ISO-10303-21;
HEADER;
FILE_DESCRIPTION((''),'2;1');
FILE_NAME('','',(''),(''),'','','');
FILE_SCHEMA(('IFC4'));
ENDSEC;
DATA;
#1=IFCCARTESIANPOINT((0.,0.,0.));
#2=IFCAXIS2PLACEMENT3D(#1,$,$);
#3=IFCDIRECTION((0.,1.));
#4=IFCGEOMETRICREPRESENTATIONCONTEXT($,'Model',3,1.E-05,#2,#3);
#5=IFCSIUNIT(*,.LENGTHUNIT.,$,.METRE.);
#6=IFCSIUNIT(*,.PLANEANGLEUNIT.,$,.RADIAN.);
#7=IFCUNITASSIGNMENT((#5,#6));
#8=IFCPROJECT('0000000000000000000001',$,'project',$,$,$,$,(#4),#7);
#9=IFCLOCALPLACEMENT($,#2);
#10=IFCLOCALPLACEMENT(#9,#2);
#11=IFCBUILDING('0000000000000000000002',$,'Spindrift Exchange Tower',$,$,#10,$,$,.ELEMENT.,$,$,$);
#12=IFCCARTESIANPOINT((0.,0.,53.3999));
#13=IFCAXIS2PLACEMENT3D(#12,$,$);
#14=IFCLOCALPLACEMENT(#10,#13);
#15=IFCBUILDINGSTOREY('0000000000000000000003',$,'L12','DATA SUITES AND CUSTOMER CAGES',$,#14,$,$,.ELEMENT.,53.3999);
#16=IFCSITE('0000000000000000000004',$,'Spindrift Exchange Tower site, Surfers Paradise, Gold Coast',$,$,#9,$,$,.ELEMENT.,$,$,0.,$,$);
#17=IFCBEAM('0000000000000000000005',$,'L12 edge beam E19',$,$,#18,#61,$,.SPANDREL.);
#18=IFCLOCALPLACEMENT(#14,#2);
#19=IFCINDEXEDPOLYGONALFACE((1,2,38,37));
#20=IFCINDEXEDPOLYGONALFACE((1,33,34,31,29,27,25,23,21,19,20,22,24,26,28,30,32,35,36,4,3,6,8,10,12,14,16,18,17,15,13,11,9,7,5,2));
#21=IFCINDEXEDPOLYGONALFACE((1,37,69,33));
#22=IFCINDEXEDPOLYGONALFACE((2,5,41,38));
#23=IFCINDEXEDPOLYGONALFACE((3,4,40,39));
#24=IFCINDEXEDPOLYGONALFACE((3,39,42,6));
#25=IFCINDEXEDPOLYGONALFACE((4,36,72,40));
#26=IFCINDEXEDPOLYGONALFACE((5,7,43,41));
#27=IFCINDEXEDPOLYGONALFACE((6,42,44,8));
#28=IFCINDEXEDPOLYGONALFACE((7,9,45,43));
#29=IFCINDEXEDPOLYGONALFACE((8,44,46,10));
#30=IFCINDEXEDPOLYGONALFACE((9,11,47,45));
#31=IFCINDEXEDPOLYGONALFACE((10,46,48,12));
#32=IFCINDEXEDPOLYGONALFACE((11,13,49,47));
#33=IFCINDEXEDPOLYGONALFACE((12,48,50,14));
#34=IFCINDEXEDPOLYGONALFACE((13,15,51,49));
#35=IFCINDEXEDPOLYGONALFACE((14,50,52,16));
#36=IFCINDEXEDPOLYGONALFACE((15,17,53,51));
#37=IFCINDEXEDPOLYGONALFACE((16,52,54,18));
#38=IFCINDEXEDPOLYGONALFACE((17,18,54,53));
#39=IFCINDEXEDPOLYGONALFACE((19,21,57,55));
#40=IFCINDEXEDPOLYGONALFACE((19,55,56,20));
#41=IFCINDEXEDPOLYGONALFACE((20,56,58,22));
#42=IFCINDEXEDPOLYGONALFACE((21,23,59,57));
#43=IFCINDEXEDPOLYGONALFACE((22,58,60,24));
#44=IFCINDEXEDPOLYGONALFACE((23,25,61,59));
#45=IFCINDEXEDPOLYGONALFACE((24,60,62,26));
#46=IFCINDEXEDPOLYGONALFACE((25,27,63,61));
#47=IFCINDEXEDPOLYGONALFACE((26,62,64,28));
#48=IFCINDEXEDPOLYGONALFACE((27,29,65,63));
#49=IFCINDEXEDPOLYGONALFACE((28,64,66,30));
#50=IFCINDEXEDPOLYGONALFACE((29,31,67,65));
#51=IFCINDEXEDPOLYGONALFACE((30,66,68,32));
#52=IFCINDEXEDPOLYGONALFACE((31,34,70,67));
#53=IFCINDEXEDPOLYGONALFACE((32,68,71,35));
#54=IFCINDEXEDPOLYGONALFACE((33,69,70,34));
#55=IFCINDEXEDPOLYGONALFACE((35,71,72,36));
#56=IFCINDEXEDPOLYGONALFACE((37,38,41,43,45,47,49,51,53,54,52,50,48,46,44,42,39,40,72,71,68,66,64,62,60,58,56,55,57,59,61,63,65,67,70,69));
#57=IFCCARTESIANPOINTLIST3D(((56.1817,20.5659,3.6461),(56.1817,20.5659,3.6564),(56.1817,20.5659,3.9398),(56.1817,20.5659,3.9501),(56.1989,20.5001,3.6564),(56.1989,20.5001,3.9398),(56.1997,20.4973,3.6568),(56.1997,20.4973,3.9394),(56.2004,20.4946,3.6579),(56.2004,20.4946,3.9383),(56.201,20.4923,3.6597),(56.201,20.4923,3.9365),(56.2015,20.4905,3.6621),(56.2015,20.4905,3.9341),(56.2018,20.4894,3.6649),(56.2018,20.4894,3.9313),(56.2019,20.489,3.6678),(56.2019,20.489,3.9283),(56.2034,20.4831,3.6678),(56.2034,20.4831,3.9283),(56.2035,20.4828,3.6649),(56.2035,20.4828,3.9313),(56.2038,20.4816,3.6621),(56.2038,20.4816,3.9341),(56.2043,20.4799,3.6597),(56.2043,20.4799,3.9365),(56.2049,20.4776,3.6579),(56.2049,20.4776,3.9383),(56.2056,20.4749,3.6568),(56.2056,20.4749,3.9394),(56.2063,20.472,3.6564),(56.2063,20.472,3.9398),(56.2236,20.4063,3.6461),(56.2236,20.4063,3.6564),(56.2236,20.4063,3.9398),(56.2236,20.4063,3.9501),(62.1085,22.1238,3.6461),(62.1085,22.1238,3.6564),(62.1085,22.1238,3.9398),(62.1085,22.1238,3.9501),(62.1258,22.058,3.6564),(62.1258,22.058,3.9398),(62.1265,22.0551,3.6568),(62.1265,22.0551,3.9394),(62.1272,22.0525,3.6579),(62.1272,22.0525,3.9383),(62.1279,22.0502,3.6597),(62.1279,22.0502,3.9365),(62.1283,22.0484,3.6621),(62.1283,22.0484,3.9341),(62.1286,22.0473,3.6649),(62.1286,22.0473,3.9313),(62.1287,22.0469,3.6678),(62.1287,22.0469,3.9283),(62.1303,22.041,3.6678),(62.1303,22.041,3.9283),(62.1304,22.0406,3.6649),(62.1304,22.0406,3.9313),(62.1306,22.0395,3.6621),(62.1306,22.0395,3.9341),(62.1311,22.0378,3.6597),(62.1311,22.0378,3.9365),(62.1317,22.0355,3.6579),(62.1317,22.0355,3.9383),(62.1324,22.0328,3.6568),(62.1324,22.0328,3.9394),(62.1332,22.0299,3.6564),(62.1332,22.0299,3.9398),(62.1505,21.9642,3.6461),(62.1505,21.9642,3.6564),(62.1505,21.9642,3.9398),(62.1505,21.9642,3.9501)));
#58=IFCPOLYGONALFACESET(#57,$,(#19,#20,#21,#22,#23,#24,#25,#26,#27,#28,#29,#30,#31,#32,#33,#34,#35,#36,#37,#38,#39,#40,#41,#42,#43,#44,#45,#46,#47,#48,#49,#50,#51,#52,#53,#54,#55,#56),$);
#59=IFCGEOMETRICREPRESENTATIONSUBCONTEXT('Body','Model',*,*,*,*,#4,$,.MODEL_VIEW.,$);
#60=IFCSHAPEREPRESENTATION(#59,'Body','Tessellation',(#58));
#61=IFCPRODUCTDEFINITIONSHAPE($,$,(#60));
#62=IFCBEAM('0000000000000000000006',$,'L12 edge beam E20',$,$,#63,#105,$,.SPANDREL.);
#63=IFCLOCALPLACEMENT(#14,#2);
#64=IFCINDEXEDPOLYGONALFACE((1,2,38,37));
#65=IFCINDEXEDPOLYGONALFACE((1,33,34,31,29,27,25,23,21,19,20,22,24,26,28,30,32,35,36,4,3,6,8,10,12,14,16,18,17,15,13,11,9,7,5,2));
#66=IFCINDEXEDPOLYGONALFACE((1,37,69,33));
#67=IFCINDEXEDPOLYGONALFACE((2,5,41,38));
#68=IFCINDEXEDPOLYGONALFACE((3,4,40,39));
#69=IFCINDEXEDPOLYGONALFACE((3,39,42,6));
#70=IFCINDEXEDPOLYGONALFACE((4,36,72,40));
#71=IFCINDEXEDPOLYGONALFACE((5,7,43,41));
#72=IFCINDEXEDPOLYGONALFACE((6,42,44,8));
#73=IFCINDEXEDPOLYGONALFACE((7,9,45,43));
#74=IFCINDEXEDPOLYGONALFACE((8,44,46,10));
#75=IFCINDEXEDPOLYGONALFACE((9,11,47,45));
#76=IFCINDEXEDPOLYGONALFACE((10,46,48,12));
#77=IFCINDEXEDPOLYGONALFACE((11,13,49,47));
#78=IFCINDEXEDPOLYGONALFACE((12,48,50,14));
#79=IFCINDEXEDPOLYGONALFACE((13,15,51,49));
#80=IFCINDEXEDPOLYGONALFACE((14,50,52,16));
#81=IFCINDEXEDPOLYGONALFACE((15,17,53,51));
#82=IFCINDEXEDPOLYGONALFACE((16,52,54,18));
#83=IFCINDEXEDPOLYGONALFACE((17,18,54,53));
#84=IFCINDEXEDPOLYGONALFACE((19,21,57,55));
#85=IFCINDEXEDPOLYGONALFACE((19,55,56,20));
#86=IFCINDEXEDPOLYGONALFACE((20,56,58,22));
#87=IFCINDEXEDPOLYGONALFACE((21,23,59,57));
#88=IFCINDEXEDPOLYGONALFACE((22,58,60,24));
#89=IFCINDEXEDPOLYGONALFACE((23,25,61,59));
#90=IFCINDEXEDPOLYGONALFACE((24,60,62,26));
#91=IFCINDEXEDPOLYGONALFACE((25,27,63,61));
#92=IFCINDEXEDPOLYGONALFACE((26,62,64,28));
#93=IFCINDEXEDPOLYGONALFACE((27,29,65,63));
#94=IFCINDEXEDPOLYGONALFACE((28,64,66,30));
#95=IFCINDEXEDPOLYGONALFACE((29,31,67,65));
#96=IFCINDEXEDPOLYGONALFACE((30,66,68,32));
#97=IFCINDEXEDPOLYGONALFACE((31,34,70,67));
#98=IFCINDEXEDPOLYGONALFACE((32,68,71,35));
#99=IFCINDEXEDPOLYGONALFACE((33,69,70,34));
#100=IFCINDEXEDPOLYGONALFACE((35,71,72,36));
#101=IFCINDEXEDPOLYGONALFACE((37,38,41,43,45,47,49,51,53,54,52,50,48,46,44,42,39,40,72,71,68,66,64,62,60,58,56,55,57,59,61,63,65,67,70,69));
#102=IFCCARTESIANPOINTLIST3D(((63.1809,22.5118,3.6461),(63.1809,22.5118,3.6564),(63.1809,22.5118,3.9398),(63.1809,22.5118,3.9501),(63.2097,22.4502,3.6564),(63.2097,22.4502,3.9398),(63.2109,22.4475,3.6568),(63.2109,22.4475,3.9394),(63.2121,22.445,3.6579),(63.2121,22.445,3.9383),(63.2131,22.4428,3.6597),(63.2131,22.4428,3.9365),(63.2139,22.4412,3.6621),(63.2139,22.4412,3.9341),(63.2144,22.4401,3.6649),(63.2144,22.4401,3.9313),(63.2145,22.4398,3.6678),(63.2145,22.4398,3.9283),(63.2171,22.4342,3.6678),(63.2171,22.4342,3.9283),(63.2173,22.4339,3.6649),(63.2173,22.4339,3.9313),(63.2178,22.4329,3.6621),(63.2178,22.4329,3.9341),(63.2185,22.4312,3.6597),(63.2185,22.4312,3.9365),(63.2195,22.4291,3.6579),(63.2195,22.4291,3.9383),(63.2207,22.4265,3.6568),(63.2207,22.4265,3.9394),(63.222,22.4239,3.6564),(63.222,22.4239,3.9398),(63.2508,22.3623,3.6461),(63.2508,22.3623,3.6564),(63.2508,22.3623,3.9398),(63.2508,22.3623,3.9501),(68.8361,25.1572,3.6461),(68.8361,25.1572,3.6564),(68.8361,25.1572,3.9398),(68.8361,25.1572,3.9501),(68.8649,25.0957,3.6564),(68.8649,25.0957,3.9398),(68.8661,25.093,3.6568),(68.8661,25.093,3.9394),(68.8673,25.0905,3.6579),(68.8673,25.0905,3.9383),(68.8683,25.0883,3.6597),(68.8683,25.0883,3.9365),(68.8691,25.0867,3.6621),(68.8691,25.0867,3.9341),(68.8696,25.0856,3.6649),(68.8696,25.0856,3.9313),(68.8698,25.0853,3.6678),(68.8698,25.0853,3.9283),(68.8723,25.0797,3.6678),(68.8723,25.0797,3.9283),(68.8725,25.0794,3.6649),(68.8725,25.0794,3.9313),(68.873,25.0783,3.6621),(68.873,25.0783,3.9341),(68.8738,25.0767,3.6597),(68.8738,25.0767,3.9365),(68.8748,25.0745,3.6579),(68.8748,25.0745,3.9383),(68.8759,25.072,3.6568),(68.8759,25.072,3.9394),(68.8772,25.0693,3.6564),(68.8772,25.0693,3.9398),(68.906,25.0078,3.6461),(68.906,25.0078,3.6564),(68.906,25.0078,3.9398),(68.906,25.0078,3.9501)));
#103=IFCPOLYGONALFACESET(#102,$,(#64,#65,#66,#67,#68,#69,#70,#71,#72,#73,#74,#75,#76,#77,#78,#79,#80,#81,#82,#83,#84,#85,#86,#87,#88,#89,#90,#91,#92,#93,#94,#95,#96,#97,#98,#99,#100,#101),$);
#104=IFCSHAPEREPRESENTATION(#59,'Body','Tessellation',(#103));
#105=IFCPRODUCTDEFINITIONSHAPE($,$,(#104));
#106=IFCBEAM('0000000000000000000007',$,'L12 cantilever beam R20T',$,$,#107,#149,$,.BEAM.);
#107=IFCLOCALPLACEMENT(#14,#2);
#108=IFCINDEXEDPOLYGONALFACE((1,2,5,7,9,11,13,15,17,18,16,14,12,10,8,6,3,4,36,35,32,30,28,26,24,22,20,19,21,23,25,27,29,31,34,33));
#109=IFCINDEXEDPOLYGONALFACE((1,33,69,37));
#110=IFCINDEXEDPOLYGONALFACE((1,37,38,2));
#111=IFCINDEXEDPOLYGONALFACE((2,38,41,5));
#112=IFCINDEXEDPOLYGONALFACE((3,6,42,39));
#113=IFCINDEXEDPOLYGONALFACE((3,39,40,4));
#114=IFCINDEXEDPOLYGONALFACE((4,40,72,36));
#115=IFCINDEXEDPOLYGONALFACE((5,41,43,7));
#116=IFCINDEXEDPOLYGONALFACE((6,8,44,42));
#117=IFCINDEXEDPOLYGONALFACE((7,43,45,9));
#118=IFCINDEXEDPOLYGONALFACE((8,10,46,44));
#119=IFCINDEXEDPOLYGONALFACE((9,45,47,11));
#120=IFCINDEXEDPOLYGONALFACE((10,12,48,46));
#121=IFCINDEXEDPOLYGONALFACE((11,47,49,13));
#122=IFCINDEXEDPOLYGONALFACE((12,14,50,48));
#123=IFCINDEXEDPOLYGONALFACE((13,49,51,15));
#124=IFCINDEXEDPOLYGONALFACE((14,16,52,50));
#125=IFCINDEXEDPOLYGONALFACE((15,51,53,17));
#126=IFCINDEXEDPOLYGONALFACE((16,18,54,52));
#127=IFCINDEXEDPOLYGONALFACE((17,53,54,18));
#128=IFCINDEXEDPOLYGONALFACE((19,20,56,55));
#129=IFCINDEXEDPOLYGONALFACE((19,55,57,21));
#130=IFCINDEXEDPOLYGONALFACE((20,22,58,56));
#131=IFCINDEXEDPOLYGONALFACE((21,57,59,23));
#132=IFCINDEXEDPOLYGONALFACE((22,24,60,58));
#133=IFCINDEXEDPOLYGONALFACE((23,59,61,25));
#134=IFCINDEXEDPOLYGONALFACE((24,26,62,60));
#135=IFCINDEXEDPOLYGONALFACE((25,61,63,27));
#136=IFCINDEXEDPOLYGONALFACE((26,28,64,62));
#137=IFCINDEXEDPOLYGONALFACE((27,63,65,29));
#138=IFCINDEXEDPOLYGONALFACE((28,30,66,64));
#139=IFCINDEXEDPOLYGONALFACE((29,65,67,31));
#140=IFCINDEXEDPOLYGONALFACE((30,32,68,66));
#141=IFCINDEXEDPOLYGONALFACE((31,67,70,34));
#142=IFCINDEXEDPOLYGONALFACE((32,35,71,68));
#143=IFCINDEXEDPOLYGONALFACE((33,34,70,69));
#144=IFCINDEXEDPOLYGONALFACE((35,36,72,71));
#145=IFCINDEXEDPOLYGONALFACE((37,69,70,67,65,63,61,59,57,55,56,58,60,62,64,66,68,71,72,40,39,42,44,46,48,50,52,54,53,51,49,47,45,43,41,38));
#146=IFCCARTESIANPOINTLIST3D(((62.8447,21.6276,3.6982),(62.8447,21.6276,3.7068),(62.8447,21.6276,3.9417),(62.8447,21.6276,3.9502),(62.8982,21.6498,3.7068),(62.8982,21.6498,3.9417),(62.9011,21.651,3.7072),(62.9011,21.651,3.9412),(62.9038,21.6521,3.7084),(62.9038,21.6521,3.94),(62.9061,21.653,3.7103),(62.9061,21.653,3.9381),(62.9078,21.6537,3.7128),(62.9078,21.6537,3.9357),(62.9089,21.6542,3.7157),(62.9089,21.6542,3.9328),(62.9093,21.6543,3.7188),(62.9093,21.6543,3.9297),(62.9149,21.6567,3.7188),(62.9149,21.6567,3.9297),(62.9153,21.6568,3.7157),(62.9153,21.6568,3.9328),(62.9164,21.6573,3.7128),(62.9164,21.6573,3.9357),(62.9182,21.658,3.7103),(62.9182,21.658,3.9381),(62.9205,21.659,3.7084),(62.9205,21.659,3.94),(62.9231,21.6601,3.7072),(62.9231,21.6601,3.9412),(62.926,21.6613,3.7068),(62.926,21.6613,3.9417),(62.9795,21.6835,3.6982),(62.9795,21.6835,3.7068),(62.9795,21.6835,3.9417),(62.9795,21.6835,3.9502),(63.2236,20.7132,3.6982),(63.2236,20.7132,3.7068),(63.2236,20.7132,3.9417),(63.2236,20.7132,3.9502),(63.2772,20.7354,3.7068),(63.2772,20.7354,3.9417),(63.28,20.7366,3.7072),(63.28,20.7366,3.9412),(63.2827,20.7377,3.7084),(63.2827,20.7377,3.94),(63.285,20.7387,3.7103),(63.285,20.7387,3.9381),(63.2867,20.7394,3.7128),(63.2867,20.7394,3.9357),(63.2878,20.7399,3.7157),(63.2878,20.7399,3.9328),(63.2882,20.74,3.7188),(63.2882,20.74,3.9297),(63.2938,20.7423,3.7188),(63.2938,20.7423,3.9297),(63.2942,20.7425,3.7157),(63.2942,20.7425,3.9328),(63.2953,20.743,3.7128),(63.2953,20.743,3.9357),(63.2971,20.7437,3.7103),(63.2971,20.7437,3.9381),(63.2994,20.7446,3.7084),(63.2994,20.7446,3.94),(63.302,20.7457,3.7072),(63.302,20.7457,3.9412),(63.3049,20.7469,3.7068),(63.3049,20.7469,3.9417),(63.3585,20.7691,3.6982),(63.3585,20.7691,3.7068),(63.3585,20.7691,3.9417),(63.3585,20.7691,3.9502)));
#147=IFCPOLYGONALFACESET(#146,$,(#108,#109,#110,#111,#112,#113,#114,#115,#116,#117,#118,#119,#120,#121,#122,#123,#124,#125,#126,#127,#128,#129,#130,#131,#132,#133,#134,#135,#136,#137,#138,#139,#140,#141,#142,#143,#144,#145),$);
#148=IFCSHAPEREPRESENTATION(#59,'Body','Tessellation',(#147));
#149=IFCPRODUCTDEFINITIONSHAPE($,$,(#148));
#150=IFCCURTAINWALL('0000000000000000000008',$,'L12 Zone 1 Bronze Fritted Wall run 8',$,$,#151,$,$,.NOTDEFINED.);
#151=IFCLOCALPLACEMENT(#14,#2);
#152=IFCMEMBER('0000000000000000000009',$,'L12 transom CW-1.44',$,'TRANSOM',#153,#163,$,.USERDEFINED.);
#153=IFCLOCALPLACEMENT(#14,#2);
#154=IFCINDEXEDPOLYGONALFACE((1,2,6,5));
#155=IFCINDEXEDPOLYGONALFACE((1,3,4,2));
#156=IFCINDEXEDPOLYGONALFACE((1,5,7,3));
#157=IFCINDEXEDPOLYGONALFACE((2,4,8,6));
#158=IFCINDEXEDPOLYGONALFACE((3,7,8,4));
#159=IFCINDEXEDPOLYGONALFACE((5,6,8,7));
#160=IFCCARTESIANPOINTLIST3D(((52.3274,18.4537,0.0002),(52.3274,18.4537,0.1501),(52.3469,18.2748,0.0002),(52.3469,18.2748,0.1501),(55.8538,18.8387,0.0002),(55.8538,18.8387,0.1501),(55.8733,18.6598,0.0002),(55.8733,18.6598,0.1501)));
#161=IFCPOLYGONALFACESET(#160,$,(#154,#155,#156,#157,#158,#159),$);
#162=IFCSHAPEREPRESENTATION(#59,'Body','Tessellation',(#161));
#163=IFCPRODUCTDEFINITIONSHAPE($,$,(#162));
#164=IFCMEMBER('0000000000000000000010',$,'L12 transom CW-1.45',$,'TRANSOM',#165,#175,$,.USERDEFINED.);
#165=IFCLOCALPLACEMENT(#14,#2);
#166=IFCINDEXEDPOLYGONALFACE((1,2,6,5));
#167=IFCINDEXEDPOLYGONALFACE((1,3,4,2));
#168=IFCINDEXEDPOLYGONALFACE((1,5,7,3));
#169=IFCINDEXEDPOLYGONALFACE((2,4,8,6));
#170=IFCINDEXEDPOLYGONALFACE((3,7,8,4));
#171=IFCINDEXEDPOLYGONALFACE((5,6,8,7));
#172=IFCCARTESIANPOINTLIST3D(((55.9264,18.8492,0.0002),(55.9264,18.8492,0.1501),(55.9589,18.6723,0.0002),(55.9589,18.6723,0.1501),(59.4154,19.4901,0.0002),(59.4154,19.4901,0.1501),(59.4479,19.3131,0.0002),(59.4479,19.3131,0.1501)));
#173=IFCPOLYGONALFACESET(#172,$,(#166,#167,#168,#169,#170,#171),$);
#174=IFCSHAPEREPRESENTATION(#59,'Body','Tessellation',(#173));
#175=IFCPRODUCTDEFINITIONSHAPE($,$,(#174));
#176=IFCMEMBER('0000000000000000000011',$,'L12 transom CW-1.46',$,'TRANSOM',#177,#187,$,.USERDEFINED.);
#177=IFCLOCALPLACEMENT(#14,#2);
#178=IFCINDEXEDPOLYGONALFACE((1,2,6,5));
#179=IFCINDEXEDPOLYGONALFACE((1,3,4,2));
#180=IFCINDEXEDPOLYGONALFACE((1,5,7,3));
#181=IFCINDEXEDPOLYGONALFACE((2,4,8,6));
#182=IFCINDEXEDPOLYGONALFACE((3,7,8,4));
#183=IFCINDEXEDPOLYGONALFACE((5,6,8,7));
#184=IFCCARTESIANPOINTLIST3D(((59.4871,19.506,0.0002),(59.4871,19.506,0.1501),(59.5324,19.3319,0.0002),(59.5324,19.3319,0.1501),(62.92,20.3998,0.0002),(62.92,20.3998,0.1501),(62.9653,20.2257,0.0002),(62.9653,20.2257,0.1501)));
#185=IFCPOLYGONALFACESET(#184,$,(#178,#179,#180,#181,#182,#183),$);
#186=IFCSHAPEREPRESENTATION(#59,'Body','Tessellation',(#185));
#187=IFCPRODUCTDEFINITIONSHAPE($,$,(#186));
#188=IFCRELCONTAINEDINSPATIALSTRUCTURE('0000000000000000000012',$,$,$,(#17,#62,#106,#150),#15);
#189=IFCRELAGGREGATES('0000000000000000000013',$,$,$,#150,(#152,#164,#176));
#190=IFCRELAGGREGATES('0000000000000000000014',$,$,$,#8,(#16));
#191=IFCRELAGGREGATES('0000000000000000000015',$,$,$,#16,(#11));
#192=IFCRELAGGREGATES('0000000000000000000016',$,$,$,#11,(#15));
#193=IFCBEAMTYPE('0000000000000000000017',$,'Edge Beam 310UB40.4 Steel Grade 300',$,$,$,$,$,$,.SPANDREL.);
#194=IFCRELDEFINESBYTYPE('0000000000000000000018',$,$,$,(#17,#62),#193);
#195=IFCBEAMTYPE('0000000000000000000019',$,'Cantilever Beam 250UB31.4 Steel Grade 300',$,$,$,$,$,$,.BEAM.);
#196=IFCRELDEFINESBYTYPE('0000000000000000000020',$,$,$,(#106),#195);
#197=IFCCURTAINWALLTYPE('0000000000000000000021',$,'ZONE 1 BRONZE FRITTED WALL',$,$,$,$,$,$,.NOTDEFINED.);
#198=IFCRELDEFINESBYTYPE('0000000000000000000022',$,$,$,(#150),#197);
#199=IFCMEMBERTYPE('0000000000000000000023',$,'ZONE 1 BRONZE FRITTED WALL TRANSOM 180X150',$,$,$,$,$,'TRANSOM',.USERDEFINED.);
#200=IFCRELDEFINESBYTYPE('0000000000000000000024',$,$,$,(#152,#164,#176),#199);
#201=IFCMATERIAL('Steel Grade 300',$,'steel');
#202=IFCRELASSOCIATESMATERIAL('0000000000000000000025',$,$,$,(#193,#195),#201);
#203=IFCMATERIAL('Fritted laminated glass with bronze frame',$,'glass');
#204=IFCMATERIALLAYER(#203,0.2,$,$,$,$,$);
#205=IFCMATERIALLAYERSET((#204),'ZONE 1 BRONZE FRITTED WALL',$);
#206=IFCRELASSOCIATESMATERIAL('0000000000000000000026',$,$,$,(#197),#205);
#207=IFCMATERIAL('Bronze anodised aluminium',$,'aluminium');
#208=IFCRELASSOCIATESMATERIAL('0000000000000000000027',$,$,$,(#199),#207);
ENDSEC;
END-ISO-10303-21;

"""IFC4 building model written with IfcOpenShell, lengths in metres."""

from ifc_helpers import new_model, si_unit, direction, frame, origin, origin_2d, place, context, subcontext, project, spatial, rectangle, i_section, extrude, source, transform, mapped, material, layer, layer_set, material_profile, profile_set, type_object, element, aggregate, save


model = new_model("IFC4")

# Units and contexts
model_context = context("Model", 3, precision=1e-05, world=origin(), true_north=direction((0.0, 1.0)))
body_context = subcontext(model_context, "Body", "Model", "MODEL_VIEW")
ifc_project = project(units=[si_unit("LENGTHUNIT", "METRE"), si_unit("PLANEANGLEUNIT", "RADIAN")], contexts=[model_context])

# Site, building, storey
site_placement = place(None, origin())
site = spatial("IfcSite", under=ifc_project, at=site_placement, Name="Spindrift Exchange Tower site, Surfers Paradise, Gold Coast", CompositionType="ELEMENT", RefElevation=0.0)
building_placement = place(site_placement, origin())
building = spatial("IfcBuilding", under=site, at=building_placement, Name="Spindrift Exchange Tower", CompositionType="ELEMENT")
storey_placement = place(building_placement, frame((0.0, 0.0, 53.3999)))
storey = spatial("IfcBuildingStorey", under=building, at=storey_placement, Name="L12", Description="DATA SUITES AND CUSTOMER CAGES", CompositionType="ELEMENT", Elevation=53.3999)

# Beams
ifc_material_1 = material(Name="Steel Grade 300", Category="steel")
ifc_material_profile_1 = material_profile(ifc_material_1, i_section(OverallWidth=0.165, OverallDepth=0.304, WebThickness=0.0061, FlangeThickness=0.0103, FilletRadius=0.0115, at=origin_2d()), Name="310UB40.4")
ifc_profile_set_1 = profile_set([ifc_material_profile_1], Name="Steel Grade 300")
beam_type_1 = type_object("IfcBeamType", Name="Edge Beam 310UB40.4 Steel Grade 300", PredefinedType="SPANDREL", material=ifc_profile_set_1)
shared_shape_1 = source(origin(), body_context, "Body", "SweptSolid", [
    extrude(i_section(OverallWidth=0.165, OverallDepth=0.304, WebThickness=0.0061, FlangeThickness=0.0103, FilletRadius=0.0115, at=origin_2d()), origin(), (0.0, 0.0, 1.0), 6.1282),
])
beam_1_placement = place(storey_placement, frame((56.2026, 20.4861, 3.7981), z_axis=(0.967147, 0.254217, 0.0), x_axis=(-0.254217, 0.967147, 0.0)))
element("IfcBeam", 1, at=beam_1_placement, inside=storey, type_object=beam_type_1, Name="L12 edge beam E19", PredefinedType="SPANDREL", context=body_context, shape_type="MappedRepresentation", body=[
    mapped(shared_shape_1, transform((0.0, 0.0, 0.0), scale=1.0)),
])
shared_shape_2 = source(origin(), body_context, "Body", "SweptSolid", [
    extrude(i_section(OverallWidth=0.165, OverallDepth=0.304, WebThickness=0.0061, FlangeThickness=0.0103, FilletRadius=0.0115, at=origin_2d()), origin(), (0.0, 0.0, 1.0), 6.2434),
])
beam_2_placement = place(storey_placement, frame((63.2158, 22.437, 3.7981), z_axis=(0.905791, 0.423724, 0.0), x_axis=(-0.423724, 0.905791, 0.0)))
element("IfcBeam", 2, at=beam_2_placement, inside=storey, type_object=beam_type_1, Name="L12 edge beam E20", PredefinedType="SPANDREL", context=body_context, shape_type="MappedRepresentation", body=[
    mapped(shared_shape_2, transform((0.0, 0.0, 0.0), scale=1.0)),
])
ifc_material_profile_2 = material_profile(ifc_material_1, i_section(OverallWidth=0.146, OverallDepth=0.252, WebThickness=0.0061, FlangeThickness=0.0085, FilletRadius=0.012, at=origin_2d()), Name="250UB31.4")
ifc_profile_set_2 = profile_set([ifc_material_profile_2], Name="Steel Grade 300")
beam_type_2 = type_object("IfcBeamType", Name="Cantilever Beam 250UB31.4 Steel Grade 300", PredefinedType="BEAM", material=ifc_profile_set_2)
shared_shape_3 = source(origin(), body_context, "Body", "SweptSolid", [
    extrude(i_section(OverallWidth=0.146, OverallDepth=0.252, WebThickness=0.0061, FlangeThickness=0.0085, FilletRadius=0.012, at=origin_2d()), origin(), (0.0, 0.0, 1.0), 0.9897),
])
beam_3_placement = place(storey_placement, frame((62.9121, 21.6555, 3.8242), z_axis=(0.382846, -0.923812, 0.0), x_axis=(0.923812, 0.382846, 0.0)))
element("IfcBeam", 3, at=beam_3_placement, inside=storey, type_object=beam_type_2, Name="L12 cantilever beam R20T", PredefinedType="BEAM", context=body_context, shape_type="MappedRepresentation", body=[
    mapped(shared_shape_3, transform((0.0, 0.0, 0.0), scale=1.0)),
])

# Curtain wall, members
ifc_material_2 = material(Name="Fritted laminated glass with bronze frame", Category="glass")
ifc_layer_1 = layer(ifc_material_2, 0.2)
ifc_layer_set_1 = layer_set([ifc_layer_1], Name="ZONE 1 BRONZE FRITTED WALL")
curtain_wall_type = type_object("IfcCurtainWallType", Name="ZONE 1 BRONZE FRITTED WALL", PredefinedType="NOTDEFINED", material=ifc_layer_set_1)
curtain_wall_placement = place(storey_placement, origin())
curtain_wall = element("IfcCurtainWall", 4, at=curtain_wall_placement, inside=storey, type_object=curtain_wall_type, Name="L12 Zone 1 Bronze Fritted Wall run 8", PredefinedType="NOTDEFINED")
ifc_material_3 = material(Name="Bronze anodised aluminium", Category="aluminium")
ifc_material_profile_3 = material_profile(ifc_material_3, rectangle(XDim=0.1799, YDim=0.1499, at=origin_2d()), Name="ZONE 1 BRONZE FRITTED WALL TRANSOM 180X150")
ifc_profile_set_3 = profile_set([ifc_material_profile_3], Name="Bronze anodised aluminium")
member_type_1 = type_object("IfcMemberType", Name="ZONE 1 BRONZE FRITTED WALL TRANSOM 180X150", ElementType="TRANSOM", PredefinedType="USERDEFINED", material=ifc_profile_set_3)
shared_shape_4 = source(origin(), body_context, "Body", "SweptSolid", [
    extrude(rectangle(XDim=0.1799, YDim=0.1499, at=origin_2d()), origin(), (0.0, 0.0, 1.0), 3.5474),
])
member_1_placement = place(storey_placement, frame((52.3372, 18.3643, 0.0752), z_axis=(0.994093, 0.108535, 0.0), x_axis=(-0.108535, 0.994093, 0.0)))
member_1 = element("IfcMember", 5, at=member_1_placement, type_object=member_type_1, Name="L12 transom CW-1.44", ObjectType="TRANSOM", PredefinedType="USERDEFINED", context=body_context, shape_type="MappedRepresentation", body=[
    mapped(shared_shape_4, transform((0.0, 0.0, 0.0), scale=1.0)),
])
member_2_placement = place(storey_placement, frame((55.9426, 18.7607, 0.0752), z_axis=(0.983546, 0.18066, 0.0), x_axis=(-0.18066, 0.983546, 0.0)))
member_2 = element("IfcMember", 6, at=member_2_placement, type_object=member_type_1, Name="L12 transom CW-1.45", ObjectType="TRANSOM", PredefinedType="USERDEFINED", context=body_context, shape_type="MappedRepresentation", body=[
    mapped(shared_shape_4, transform((0.0, 0.0, 0.0), scale=1.0)),
])
member_3_placement = place(storey_placement, frame((59.5098, 19.4189, 0.0752), z_axis=(0.967736, 0.251965, 0.0), x_axis=(-0.251965, 0.967736, 0.0)))
member_3 = element("IfcMember", 7, at=member_3_placement, type_object=member_type_1, Name="L12 transom CW-1.46", ObjectType="TRANSOM", PredefinedType="USERDEFINED", context=body_context, shape_type="MappedRepresentation", body=[
    mapped(shared_shape_4, transform((0.0, 0.0, 0.0), scale=1.0)),
])
aggregate(curtain_wall, [member_1, member_2, member_3])

save(model, "model.ifc")
